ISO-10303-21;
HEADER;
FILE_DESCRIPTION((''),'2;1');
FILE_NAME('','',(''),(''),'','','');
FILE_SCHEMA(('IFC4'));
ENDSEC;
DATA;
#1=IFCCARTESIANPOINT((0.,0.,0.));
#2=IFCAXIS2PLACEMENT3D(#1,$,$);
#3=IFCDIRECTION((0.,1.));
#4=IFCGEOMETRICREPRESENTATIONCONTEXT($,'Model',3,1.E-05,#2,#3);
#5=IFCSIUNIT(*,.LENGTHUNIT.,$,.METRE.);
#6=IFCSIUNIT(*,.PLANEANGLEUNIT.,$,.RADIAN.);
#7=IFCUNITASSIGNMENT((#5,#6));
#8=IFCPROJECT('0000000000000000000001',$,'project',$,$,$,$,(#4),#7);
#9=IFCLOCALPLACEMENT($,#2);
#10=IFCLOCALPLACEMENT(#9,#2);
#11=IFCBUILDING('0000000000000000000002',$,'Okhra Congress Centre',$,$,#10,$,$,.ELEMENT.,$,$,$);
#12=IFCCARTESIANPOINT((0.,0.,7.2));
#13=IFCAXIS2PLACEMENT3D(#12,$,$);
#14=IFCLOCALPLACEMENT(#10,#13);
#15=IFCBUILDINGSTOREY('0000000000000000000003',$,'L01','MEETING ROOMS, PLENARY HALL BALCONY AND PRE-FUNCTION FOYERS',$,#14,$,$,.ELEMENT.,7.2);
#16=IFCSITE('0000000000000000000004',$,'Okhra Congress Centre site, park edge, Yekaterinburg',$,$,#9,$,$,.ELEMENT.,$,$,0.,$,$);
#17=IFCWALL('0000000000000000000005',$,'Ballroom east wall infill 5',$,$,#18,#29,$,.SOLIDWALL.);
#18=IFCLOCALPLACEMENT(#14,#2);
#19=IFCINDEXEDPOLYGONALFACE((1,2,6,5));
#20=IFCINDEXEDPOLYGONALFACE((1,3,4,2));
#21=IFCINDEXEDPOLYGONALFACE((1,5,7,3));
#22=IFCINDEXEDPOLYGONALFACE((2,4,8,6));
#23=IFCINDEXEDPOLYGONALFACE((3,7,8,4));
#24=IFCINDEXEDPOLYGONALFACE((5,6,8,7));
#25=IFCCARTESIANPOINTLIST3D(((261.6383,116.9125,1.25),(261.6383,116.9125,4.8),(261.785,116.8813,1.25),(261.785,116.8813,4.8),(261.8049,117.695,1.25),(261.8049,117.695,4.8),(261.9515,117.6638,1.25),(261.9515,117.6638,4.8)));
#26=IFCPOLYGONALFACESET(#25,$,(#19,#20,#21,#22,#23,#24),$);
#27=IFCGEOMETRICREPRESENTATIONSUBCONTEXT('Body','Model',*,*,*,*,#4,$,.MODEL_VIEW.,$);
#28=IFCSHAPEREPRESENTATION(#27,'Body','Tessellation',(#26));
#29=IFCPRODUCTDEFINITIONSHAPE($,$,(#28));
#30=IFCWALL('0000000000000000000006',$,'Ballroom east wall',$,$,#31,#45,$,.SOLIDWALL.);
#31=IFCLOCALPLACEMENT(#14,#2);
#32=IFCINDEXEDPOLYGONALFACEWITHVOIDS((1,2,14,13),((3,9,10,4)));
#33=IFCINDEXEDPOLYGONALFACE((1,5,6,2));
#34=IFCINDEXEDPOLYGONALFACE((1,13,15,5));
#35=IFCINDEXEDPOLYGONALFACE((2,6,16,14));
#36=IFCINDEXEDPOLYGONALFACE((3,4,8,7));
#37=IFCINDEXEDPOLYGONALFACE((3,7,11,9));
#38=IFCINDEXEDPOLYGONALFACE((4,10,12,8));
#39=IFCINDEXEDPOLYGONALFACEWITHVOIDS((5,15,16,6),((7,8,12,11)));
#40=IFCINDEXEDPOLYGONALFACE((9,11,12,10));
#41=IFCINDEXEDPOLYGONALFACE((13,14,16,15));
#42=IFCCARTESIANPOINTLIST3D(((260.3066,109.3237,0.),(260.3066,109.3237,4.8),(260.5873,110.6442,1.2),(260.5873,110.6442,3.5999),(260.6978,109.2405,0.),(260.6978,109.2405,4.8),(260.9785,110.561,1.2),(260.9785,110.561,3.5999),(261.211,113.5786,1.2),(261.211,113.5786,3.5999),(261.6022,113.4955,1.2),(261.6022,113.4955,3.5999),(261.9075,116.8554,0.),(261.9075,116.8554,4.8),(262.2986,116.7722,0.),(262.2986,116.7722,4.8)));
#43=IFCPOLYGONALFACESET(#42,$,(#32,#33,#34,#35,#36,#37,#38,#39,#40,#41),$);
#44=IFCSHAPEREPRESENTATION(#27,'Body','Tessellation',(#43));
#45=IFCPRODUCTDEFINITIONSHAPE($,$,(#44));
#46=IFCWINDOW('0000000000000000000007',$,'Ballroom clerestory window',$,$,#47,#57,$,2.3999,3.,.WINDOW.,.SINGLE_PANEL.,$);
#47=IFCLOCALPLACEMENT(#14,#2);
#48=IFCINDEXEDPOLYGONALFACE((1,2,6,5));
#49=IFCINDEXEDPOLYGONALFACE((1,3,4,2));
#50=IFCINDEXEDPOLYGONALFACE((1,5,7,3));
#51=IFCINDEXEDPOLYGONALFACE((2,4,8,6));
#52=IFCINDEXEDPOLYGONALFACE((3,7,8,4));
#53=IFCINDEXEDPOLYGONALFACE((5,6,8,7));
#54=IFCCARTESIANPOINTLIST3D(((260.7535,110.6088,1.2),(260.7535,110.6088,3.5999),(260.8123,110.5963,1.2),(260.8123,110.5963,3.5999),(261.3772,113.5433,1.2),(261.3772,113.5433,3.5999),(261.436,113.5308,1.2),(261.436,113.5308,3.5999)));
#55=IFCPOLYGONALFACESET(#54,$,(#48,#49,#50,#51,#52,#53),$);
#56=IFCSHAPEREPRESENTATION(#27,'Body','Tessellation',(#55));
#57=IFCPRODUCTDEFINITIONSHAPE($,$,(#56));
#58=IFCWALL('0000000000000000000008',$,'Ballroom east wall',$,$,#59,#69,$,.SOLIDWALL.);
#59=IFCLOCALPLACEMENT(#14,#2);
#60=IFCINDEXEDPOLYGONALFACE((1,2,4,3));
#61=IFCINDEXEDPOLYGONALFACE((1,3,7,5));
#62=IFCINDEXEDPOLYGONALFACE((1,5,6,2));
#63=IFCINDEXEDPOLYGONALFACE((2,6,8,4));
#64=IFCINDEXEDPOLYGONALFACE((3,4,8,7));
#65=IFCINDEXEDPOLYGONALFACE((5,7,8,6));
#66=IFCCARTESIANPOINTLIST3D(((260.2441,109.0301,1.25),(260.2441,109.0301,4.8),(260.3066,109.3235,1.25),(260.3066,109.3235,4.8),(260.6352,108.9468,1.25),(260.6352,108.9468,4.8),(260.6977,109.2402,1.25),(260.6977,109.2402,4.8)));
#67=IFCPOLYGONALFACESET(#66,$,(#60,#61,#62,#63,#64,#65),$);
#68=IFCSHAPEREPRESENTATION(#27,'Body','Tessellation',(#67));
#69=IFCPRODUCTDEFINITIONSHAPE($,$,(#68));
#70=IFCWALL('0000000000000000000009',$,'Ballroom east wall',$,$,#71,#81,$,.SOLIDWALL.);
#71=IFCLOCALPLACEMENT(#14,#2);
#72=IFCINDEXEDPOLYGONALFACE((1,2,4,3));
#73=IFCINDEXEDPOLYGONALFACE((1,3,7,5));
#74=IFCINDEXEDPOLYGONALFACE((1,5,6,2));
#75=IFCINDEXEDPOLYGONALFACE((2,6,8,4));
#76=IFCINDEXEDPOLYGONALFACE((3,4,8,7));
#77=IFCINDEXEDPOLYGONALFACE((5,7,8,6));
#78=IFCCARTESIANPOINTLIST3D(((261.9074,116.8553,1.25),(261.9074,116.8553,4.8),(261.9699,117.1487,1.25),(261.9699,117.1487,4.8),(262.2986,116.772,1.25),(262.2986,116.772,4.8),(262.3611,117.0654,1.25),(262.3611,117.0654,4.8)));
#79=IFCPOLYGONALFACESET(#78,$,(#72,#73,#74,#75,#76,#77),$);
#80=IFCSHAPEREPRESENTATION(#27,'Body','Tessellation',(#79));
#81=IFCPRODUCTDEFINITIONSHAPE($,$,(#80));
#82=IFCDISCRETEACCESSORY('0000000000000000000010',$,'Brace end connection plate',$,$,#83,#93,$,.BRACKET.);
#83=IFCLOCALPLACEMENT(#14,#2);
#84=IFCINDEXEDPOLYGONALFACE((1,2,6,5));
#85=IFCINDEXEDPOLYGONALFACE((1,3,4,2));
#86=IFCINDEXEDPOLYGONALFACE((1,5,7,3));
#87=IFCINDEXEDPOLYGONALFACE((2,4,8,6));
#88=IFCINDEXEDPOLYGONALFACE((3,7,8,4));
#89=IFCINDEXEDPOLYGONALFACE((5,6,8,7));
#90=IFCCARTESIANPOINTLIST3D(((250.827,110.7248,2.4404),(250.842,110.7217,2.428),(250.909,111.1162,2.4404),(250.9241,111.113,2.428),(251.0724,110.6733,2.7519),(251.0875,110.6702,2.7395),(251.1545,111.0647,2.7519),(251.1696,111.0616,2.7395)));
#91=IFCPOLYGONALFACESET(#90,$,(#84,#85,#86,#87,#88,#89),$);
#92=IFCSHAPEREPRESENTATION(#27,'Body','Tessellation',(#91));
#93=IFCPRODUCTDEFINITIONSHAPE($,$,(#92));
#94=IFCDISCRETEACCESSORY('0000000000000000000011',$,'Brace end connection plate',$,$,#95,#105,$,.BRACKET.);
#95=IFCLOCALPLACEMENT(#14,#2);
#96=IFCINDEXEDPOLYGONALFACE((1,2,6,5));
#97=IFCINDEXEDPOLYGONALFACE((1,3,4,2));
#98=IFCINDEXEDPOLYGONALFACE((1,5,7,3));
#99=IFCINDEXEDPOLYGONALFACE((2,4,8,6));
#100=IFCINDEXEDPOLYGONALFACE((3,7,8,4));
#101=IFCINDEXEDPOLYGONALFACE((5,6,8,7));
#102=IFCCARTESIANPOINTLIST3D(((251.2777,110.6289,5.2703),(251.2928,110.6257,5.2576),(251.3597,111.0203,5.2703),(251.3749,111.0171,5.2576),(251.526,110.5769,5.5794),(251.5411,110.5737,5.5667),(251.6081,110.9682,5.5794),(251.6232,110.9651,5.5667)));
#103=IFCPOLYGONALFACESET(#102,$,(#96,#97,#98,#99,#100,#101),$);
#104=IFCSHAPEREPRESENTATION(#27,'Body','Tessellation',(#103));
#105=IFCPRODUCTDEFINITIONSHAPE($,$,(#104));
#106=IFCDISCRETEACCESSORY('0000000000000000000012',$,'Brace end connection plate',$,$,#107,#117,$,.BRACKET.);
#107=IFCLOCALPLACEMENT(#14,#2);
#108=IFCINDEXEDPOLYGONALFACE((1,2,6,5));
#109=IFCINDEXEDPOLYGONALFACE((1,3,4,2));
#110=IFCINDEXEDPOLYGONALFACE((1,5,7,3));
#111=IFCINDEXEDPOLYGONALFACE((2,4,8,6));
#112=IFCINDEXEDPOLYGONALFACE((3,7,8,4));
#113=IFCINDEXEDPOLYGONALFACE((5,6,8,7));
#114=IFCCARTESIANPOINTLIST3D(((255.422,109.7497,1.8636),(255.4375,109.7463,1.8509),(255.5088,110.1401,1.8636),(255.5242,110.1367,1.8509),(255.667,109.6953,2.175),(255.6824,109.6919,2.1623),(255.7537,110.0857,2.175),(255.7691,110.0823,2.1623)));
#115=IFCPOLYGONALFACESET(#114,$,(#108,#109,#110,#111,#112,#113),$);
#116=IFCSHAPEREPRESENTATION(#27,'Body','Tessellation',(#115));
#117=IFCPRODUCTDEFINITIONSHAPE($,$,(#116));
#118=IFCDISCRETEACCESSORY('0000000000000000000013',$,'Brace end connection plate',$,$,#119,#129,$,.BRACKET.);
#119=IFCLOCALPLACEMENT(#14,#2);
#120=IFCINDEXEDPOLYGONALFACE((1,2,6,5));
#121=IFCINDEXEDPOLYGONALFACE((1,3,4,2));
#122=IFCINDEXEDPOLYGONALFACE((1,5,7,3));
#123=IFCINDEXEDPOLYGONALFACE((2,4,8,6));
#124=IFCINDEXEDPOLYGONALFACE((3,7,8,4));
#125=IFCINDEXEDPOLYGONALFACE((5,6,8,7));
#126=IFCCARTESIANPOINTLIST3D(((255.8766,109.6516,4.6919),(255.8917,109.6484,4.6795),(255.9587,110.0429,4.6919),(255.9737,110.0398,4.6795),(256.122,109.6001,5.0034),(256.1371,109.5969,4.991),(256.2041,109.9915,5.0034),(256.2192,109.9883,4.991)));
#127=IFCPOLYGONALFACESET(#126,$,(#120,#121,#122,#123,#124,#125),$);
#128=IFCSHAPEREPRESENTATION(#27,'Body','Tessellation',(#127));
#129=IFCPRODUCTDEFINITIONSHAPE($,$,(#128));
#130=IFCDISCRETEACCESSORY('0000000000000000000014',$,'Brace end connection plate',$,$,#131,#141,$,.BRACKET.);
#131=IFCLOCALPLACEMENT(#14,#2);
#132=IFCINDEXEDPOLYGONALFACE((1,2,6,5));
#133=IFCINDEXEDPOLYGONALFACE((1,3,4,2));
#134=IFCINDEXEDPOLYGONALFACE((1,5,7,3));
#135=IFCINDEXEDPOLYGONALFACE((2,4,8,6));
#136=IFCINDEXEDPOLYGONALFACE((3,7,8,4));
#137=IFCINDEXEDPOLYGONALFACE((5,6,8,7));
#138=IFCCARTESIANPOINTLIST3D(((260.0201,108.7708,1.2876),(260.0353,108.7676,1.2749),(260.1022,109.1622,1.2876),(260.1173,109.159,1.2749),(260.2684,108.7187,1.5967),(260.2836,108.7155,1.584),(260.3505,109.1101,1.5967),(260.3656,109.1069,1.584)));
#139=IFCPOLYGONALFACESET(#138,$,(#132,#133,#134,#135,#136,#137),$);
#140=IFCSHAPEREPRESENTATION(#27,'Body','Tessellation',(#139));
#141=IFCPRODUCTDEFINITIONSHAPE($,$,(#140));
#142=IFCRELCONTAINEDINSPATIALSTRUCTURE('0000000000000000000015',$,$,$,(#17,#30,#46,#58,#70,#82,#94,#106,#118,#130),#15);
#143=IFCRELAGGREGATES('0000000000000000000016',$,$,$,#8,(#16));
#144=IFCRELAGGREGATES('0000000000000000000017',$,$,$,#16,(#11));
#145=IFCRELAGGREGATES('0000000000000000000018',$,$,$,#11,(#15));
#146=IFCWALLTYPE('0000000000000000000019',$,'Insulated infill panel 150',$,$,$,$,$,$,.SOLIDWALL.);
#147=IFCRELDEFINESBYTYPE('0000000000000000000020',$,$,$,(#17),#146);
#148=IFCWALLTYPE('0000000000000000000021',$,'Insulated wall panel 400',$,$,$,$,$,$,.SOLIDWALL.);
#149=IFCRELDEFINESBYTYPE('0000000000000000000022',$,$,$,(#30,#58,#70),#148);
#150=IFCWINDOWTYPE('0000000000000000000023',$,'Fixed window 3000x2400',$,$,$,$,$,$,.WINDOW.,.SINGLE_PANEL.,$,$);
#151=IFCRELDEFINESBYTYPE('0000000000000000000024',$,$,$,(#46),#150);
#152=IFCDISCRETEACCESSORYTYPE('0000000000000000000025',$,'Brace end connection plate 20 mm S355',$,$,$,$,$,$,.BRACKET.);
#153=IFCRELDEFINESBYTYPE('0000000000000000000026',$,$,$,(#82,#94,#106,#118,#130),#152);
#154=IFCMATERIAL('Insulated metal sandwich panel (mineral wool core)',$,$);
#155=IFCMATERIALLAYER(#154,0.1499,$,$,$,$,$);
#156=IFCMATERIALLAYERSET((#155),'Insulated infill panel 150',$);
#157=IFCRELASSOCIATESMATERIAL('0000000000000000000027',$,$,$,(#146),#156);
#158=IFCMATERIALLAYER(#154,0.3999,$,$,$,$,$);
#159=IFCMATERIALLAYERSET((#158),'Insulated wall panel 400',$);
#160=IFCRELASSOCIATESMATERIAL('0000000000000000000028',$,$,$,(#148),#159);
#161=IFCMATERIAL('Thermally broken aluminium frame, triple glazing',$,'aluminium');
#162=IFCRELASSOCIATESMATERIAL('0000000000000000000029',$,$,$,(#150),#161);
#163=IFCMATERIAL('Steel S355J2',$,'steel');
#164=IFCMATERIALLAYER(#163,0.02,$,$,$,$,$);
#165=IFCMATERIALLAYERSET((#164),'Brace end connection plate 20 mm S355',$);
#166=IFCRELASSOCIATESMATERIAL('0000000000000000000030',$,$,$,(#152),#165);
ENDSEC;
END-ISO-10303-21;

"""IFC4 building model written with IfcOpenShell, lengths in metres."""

from ifc_helpers import new_model, si_unit, direction, frame, frame_2d, origin, origin_2d, place, context, subcontext, project, spatial, rectangle, extrude, material, layer, layer_set, type_object, element, fill, save


model = new_model("IFC4")

# Units and contexts
model_context = context("Model", 3, precision=1e-05, world=origin(), true_north=direction((0.0, 1.0)))
body_context = subcontext(model_context, "Body", "Model", "MODEL_VIEW")
ifc_project = project(units=[si_unit("LENGTHUNIT", "METRE"), si_unit("PLANEANGLEUNIT", "RADIAN")], contexts=[model_context])

# Site, building, storey
site_placement = place(None, origin())
site = spatial("IfcSite", under=ifc_project, at=site_placement, Name="Okhra Congress Centre site, park edge, Yekaterinburg", CompositionType="ELEMENT", RefElevation=0.0)
building_placement = place(site_placement, origin())
building = spatial("IfcBuilding", under=site, at=building_placement, Name="Okhra Congress Centre", CompositionType="ELEMENT")
storey_placement = place(building_placement, frame((0.0, 0.0, 7.2)))
storey = spatial("IfcBuildingStorey", under=building, at=storey_placement, Name="L01", Description="MEETING ROOMS, PLENARY HALL BALCONY AND PRE-FUNCTION FOYERS", CompositionType="ELEMENT", Elevation=7.2)

# Shared definitions
ifc_material_1 = material(Name="Steel S355J2", Category="steel")

# Wall
ifc_material_2 = material(Name="Insulated metal sandwich panel (mineral wool core)")
ifc_layer_1 = layer(ifc_material_2, 0.1499)
ifc_layer_set_1 = layer_set([ifc_layer_1], Name="Insulated infill panel 150")
wall_type_1 = type_object("IfcWallType", Name="Insulated infill panel 150", PredefinedType="SOLIDWALL", material=ifc_layer_set_1)
for number, where, z_axis, x_axis, name in (
    (1, (261.7117, 116.897, 1.25), (0.0, 0.0, 1.0), (0.208132, 0.978101, 0.0), "Ballroom east wall infill 5"),
):
    element("IfcWall", number, at=place(storey_placement, frame(where, z_axis=z_axis, x_axis=x_axis)), inside=storey, type_object=wall_type_1, Name=name, PredefinedType="SOLIDWALL", context=body_context, shape_type="SweptSolid", body=[
        extrude(rectangle(XDim=0.8, YDim=0.1499, at=frame_2d((0.3999, 0.0))), origin(), (0.0, 0.0, 1.0), 3.55),
    ])

# Wall, opening, window
ifc_layer_2 = layer(ifc_material_2, 0.3999)
ifc_layer_set_2 = layer_set([ifc_layer_2], Name="Insulated wall panel 400")
wall_type_2 = type_object("IfcWallType", Name="Insulated wall panel 400", PredefinedType="SOLIDWALL", material=ifc_layer_set_2)
wall_placement = place(storey_placement, frame((260.5022, 109.282, 0.0), z_axis=(0.0, 0.0, 1.0), x_axis=(0.2079, 0.97815, 0.0)))
wall = element("IfcWall", 2, at=wall_placement, inside=storey, type_object=wall_type_2, Name="Ballroom east wall", PredefinedType="SOLIDWALL", context=body_context, shape_type="SweptSolid", body=[
    extrude(rectangle(XDim=7.7, YDim=0.3999, at=frame_2d((3.8501, 0.0))), origin(), (0.0, 0.0, 1.0), 4.8),
])
opening_placement = place(wall_placement, frame((1.3501, 0.0, 1.2)))
opening = element("IfcOpeningElement", 3, at=opening_placement, cuts=wall, PredefinedType="OPENING", context=body_context, shape_type="SweptSolid", body=[
    extrude(rectangle(XDim=3.0, YDim=2.3999, at=frame_2d((1.5, 1.2))), frame((0.0, 0.21, 0.0), z_axis=(0.0, -1.0, 0.0), x_axis=(1.0, 0.0, 0.0)), (0.0, 0.0, 1.0), 0.4199),
])
ifc_material_3 = material(Name="Thermally broken aluminium frame, triple glazing", Category="aluminium")
window_type = type_object("IfcWindowType", Name="Fixed window 3000x2400", PartitioningType="SINGLE_PANEL", PredefinedType="WINDOW", material=ifc_material_3)
window_placement = place(opening_placement, origin())
window = element("IfcWindow", 4, at=window_placement, inside=storey, type_object=window_type, Name="Ballroom clerestory window", OverallHeight=2.3999, OverallWidth=3.0, PartitioningType="SINGLE_PANEL", PredefinedType="WINDOW", context=body_context, shape_type="SweptSolid", body=[
    extrude(rectangle(XDim=3.0, YDim=2.3999, at=frame_2d((1.5, 1.2))), frame((0.0, 0.03, 0.0), z_axis=(0.0, -1.0, 0.0), x_axis=(1.0, 0.0, 0.0)), (0.0, 0.0, 1.0), 0.0601),
])
fill(opening, window)

# Walls
for number, where, z_axis, x_axis, name in (
    (5, (260.4397, 108.9885, 1.25), (0.0, 0.0, 1.0), (0.208306, 0.978064, 0.0), "Ballroom east wall"),
    (6, (262.103, 116.8137, 1.25), (0.0, 0.0, 1.0), (0.208306, 0.978064, 0.0), "Ballroom east wall"),
):
    element("IfcWall", number, at=place(storey_placement, frame(where, z_axis=z_axis, x_axis=x_axis)), inside=storey, type_object=wall_type_2, Name=name, PredefinedType="SOLIDWALL", context=body_context, shape_type="SweptSolid", body=[
        extrude(rectangle(XDim=0.3, YDim=0.3999, at=frame_2d((0.1499, 0.0))), origin(), (0.0, 0.0, 1.0), 3.55),
    ])

# Discrete accessories
ifc_layer_3 = layer(ifc_material_1, 0.02)
ifc_layer_set_3 = layer_set([ifc_layer_3], Name="Brace end connection plate 20 mm S355")
discrete_accessory_type = type_object("IfcDiscreteAccessoryType", Name="Brace end connection plate 20 mm S355", PredefinedType="BRACKET", material=ifc_layer_set_3)
discrete_accessory_1_placement = place(storey_placement, frame((250.9907, 110.8948, 2.5962), z_axis=(0.762359, -0.159849, -0.627102), x_axis=(0.205215, 0.978717, 0.0)))
element("IfcDiscreteAccessory", 7, at=discrete_accessory_1_placement, inside=storey, type_object=discrete_accessory_type, Name="Brace end connection plate", PredefinedType="BRACKET", context=body_context, shape_type="SweptSolid", body=[
    extrude(rectangle(XDim=0.3999, YDim=0.3999, at=origin_2d()), origin(), (0.0, 0.0, 1.0), 0.0198),
])
discrete_accessory_2_placement = place(storey_placement, frame((251.458, 110.7954, 5.4121), z_axis=(-0.756491, 0.158619, 0.634477), x_axis=(-0.205215, -0.978717, 0.0)))
element("IfcDiscreteAccessory", 8, at=discrete_accessory_2_placement, inside=storey, type_object=discrete_accessory_type, Name="Brace end connection plate", PredefinedType="BRACKET", context=body_context, shape_type="SweptSolid", body=[
    extrude(rectangle(XDim=0.3999, YDim=0.3999, at=origin_2d()), origin(), (0.0, 0.0, 1.0), 0.02),
])
discrete_accessory_3_placement = place(storey_placement, frame((255.5879, 109.9177, 2.0193), z_axis=(0.76014, -0.16892, -0.627417), x_axis=(0.21693, 0.976187, 0.0)))
element("IfcDiscreteAccessory", 9, at=discrete_accessory_3_placement, inside=storey, type_object=discrete_accessory_type, Name="Brace end connection plate", PredefinedType="BRACKET", context=body_context, shape_type="SweptSolid", body=[
    extrude(rectangle(XDim=0.3999, YDim=0.3999, at=origin_2d()), origin(), (0.0, 0.0, 1.0), 0.0203),
])
discrete_accessory_4_placement = place(storey_placement, frame((256.0554, 109.8184, 4.8352), z_axis=(-0.762359, 0.159849, 0.627102), x_axis=(-0.205215, -0.978717, 0.0)))
element("IfcDiscreteAccessory", 10, at=discrete_accessory_4_placement, inside=storey, type_object=discrete_accessory_type, Name="Brace end connection plate", PredefinedType="BRACKET", context=body_context, shape_type="SweptSolid", body=[
    extrude(rectangle(XDim=0.3999, YDim=0.3999, at=origin_2d()), origin(), (0.0, 0.0, 1.0), 0.0198),
])
discrete_accessory_5_placement = place(storey_placement, frame((260.1853, 108.9404, 1.4421), z_axis=(0.756491, -0.158619, -0.634477), x_axis=(0.205215, 0.978717, 0.0)))
element("IfcDiscreteAccessory", 11, at=discrete_accessory_5_placement, inside=storey, type_object=discrete_accessory_type, Name="Brace end connection plate", PredefinedType="BRACKET", context=body_context, shape_type="SweptSolid", body=[
    extrude(rectangle(XDim=0.3999, YDim=0.3999, at=origin_2d()), origin(), (0.0, 0.0, 1.0), 0.02),
])

save(model, "model.ifc")
